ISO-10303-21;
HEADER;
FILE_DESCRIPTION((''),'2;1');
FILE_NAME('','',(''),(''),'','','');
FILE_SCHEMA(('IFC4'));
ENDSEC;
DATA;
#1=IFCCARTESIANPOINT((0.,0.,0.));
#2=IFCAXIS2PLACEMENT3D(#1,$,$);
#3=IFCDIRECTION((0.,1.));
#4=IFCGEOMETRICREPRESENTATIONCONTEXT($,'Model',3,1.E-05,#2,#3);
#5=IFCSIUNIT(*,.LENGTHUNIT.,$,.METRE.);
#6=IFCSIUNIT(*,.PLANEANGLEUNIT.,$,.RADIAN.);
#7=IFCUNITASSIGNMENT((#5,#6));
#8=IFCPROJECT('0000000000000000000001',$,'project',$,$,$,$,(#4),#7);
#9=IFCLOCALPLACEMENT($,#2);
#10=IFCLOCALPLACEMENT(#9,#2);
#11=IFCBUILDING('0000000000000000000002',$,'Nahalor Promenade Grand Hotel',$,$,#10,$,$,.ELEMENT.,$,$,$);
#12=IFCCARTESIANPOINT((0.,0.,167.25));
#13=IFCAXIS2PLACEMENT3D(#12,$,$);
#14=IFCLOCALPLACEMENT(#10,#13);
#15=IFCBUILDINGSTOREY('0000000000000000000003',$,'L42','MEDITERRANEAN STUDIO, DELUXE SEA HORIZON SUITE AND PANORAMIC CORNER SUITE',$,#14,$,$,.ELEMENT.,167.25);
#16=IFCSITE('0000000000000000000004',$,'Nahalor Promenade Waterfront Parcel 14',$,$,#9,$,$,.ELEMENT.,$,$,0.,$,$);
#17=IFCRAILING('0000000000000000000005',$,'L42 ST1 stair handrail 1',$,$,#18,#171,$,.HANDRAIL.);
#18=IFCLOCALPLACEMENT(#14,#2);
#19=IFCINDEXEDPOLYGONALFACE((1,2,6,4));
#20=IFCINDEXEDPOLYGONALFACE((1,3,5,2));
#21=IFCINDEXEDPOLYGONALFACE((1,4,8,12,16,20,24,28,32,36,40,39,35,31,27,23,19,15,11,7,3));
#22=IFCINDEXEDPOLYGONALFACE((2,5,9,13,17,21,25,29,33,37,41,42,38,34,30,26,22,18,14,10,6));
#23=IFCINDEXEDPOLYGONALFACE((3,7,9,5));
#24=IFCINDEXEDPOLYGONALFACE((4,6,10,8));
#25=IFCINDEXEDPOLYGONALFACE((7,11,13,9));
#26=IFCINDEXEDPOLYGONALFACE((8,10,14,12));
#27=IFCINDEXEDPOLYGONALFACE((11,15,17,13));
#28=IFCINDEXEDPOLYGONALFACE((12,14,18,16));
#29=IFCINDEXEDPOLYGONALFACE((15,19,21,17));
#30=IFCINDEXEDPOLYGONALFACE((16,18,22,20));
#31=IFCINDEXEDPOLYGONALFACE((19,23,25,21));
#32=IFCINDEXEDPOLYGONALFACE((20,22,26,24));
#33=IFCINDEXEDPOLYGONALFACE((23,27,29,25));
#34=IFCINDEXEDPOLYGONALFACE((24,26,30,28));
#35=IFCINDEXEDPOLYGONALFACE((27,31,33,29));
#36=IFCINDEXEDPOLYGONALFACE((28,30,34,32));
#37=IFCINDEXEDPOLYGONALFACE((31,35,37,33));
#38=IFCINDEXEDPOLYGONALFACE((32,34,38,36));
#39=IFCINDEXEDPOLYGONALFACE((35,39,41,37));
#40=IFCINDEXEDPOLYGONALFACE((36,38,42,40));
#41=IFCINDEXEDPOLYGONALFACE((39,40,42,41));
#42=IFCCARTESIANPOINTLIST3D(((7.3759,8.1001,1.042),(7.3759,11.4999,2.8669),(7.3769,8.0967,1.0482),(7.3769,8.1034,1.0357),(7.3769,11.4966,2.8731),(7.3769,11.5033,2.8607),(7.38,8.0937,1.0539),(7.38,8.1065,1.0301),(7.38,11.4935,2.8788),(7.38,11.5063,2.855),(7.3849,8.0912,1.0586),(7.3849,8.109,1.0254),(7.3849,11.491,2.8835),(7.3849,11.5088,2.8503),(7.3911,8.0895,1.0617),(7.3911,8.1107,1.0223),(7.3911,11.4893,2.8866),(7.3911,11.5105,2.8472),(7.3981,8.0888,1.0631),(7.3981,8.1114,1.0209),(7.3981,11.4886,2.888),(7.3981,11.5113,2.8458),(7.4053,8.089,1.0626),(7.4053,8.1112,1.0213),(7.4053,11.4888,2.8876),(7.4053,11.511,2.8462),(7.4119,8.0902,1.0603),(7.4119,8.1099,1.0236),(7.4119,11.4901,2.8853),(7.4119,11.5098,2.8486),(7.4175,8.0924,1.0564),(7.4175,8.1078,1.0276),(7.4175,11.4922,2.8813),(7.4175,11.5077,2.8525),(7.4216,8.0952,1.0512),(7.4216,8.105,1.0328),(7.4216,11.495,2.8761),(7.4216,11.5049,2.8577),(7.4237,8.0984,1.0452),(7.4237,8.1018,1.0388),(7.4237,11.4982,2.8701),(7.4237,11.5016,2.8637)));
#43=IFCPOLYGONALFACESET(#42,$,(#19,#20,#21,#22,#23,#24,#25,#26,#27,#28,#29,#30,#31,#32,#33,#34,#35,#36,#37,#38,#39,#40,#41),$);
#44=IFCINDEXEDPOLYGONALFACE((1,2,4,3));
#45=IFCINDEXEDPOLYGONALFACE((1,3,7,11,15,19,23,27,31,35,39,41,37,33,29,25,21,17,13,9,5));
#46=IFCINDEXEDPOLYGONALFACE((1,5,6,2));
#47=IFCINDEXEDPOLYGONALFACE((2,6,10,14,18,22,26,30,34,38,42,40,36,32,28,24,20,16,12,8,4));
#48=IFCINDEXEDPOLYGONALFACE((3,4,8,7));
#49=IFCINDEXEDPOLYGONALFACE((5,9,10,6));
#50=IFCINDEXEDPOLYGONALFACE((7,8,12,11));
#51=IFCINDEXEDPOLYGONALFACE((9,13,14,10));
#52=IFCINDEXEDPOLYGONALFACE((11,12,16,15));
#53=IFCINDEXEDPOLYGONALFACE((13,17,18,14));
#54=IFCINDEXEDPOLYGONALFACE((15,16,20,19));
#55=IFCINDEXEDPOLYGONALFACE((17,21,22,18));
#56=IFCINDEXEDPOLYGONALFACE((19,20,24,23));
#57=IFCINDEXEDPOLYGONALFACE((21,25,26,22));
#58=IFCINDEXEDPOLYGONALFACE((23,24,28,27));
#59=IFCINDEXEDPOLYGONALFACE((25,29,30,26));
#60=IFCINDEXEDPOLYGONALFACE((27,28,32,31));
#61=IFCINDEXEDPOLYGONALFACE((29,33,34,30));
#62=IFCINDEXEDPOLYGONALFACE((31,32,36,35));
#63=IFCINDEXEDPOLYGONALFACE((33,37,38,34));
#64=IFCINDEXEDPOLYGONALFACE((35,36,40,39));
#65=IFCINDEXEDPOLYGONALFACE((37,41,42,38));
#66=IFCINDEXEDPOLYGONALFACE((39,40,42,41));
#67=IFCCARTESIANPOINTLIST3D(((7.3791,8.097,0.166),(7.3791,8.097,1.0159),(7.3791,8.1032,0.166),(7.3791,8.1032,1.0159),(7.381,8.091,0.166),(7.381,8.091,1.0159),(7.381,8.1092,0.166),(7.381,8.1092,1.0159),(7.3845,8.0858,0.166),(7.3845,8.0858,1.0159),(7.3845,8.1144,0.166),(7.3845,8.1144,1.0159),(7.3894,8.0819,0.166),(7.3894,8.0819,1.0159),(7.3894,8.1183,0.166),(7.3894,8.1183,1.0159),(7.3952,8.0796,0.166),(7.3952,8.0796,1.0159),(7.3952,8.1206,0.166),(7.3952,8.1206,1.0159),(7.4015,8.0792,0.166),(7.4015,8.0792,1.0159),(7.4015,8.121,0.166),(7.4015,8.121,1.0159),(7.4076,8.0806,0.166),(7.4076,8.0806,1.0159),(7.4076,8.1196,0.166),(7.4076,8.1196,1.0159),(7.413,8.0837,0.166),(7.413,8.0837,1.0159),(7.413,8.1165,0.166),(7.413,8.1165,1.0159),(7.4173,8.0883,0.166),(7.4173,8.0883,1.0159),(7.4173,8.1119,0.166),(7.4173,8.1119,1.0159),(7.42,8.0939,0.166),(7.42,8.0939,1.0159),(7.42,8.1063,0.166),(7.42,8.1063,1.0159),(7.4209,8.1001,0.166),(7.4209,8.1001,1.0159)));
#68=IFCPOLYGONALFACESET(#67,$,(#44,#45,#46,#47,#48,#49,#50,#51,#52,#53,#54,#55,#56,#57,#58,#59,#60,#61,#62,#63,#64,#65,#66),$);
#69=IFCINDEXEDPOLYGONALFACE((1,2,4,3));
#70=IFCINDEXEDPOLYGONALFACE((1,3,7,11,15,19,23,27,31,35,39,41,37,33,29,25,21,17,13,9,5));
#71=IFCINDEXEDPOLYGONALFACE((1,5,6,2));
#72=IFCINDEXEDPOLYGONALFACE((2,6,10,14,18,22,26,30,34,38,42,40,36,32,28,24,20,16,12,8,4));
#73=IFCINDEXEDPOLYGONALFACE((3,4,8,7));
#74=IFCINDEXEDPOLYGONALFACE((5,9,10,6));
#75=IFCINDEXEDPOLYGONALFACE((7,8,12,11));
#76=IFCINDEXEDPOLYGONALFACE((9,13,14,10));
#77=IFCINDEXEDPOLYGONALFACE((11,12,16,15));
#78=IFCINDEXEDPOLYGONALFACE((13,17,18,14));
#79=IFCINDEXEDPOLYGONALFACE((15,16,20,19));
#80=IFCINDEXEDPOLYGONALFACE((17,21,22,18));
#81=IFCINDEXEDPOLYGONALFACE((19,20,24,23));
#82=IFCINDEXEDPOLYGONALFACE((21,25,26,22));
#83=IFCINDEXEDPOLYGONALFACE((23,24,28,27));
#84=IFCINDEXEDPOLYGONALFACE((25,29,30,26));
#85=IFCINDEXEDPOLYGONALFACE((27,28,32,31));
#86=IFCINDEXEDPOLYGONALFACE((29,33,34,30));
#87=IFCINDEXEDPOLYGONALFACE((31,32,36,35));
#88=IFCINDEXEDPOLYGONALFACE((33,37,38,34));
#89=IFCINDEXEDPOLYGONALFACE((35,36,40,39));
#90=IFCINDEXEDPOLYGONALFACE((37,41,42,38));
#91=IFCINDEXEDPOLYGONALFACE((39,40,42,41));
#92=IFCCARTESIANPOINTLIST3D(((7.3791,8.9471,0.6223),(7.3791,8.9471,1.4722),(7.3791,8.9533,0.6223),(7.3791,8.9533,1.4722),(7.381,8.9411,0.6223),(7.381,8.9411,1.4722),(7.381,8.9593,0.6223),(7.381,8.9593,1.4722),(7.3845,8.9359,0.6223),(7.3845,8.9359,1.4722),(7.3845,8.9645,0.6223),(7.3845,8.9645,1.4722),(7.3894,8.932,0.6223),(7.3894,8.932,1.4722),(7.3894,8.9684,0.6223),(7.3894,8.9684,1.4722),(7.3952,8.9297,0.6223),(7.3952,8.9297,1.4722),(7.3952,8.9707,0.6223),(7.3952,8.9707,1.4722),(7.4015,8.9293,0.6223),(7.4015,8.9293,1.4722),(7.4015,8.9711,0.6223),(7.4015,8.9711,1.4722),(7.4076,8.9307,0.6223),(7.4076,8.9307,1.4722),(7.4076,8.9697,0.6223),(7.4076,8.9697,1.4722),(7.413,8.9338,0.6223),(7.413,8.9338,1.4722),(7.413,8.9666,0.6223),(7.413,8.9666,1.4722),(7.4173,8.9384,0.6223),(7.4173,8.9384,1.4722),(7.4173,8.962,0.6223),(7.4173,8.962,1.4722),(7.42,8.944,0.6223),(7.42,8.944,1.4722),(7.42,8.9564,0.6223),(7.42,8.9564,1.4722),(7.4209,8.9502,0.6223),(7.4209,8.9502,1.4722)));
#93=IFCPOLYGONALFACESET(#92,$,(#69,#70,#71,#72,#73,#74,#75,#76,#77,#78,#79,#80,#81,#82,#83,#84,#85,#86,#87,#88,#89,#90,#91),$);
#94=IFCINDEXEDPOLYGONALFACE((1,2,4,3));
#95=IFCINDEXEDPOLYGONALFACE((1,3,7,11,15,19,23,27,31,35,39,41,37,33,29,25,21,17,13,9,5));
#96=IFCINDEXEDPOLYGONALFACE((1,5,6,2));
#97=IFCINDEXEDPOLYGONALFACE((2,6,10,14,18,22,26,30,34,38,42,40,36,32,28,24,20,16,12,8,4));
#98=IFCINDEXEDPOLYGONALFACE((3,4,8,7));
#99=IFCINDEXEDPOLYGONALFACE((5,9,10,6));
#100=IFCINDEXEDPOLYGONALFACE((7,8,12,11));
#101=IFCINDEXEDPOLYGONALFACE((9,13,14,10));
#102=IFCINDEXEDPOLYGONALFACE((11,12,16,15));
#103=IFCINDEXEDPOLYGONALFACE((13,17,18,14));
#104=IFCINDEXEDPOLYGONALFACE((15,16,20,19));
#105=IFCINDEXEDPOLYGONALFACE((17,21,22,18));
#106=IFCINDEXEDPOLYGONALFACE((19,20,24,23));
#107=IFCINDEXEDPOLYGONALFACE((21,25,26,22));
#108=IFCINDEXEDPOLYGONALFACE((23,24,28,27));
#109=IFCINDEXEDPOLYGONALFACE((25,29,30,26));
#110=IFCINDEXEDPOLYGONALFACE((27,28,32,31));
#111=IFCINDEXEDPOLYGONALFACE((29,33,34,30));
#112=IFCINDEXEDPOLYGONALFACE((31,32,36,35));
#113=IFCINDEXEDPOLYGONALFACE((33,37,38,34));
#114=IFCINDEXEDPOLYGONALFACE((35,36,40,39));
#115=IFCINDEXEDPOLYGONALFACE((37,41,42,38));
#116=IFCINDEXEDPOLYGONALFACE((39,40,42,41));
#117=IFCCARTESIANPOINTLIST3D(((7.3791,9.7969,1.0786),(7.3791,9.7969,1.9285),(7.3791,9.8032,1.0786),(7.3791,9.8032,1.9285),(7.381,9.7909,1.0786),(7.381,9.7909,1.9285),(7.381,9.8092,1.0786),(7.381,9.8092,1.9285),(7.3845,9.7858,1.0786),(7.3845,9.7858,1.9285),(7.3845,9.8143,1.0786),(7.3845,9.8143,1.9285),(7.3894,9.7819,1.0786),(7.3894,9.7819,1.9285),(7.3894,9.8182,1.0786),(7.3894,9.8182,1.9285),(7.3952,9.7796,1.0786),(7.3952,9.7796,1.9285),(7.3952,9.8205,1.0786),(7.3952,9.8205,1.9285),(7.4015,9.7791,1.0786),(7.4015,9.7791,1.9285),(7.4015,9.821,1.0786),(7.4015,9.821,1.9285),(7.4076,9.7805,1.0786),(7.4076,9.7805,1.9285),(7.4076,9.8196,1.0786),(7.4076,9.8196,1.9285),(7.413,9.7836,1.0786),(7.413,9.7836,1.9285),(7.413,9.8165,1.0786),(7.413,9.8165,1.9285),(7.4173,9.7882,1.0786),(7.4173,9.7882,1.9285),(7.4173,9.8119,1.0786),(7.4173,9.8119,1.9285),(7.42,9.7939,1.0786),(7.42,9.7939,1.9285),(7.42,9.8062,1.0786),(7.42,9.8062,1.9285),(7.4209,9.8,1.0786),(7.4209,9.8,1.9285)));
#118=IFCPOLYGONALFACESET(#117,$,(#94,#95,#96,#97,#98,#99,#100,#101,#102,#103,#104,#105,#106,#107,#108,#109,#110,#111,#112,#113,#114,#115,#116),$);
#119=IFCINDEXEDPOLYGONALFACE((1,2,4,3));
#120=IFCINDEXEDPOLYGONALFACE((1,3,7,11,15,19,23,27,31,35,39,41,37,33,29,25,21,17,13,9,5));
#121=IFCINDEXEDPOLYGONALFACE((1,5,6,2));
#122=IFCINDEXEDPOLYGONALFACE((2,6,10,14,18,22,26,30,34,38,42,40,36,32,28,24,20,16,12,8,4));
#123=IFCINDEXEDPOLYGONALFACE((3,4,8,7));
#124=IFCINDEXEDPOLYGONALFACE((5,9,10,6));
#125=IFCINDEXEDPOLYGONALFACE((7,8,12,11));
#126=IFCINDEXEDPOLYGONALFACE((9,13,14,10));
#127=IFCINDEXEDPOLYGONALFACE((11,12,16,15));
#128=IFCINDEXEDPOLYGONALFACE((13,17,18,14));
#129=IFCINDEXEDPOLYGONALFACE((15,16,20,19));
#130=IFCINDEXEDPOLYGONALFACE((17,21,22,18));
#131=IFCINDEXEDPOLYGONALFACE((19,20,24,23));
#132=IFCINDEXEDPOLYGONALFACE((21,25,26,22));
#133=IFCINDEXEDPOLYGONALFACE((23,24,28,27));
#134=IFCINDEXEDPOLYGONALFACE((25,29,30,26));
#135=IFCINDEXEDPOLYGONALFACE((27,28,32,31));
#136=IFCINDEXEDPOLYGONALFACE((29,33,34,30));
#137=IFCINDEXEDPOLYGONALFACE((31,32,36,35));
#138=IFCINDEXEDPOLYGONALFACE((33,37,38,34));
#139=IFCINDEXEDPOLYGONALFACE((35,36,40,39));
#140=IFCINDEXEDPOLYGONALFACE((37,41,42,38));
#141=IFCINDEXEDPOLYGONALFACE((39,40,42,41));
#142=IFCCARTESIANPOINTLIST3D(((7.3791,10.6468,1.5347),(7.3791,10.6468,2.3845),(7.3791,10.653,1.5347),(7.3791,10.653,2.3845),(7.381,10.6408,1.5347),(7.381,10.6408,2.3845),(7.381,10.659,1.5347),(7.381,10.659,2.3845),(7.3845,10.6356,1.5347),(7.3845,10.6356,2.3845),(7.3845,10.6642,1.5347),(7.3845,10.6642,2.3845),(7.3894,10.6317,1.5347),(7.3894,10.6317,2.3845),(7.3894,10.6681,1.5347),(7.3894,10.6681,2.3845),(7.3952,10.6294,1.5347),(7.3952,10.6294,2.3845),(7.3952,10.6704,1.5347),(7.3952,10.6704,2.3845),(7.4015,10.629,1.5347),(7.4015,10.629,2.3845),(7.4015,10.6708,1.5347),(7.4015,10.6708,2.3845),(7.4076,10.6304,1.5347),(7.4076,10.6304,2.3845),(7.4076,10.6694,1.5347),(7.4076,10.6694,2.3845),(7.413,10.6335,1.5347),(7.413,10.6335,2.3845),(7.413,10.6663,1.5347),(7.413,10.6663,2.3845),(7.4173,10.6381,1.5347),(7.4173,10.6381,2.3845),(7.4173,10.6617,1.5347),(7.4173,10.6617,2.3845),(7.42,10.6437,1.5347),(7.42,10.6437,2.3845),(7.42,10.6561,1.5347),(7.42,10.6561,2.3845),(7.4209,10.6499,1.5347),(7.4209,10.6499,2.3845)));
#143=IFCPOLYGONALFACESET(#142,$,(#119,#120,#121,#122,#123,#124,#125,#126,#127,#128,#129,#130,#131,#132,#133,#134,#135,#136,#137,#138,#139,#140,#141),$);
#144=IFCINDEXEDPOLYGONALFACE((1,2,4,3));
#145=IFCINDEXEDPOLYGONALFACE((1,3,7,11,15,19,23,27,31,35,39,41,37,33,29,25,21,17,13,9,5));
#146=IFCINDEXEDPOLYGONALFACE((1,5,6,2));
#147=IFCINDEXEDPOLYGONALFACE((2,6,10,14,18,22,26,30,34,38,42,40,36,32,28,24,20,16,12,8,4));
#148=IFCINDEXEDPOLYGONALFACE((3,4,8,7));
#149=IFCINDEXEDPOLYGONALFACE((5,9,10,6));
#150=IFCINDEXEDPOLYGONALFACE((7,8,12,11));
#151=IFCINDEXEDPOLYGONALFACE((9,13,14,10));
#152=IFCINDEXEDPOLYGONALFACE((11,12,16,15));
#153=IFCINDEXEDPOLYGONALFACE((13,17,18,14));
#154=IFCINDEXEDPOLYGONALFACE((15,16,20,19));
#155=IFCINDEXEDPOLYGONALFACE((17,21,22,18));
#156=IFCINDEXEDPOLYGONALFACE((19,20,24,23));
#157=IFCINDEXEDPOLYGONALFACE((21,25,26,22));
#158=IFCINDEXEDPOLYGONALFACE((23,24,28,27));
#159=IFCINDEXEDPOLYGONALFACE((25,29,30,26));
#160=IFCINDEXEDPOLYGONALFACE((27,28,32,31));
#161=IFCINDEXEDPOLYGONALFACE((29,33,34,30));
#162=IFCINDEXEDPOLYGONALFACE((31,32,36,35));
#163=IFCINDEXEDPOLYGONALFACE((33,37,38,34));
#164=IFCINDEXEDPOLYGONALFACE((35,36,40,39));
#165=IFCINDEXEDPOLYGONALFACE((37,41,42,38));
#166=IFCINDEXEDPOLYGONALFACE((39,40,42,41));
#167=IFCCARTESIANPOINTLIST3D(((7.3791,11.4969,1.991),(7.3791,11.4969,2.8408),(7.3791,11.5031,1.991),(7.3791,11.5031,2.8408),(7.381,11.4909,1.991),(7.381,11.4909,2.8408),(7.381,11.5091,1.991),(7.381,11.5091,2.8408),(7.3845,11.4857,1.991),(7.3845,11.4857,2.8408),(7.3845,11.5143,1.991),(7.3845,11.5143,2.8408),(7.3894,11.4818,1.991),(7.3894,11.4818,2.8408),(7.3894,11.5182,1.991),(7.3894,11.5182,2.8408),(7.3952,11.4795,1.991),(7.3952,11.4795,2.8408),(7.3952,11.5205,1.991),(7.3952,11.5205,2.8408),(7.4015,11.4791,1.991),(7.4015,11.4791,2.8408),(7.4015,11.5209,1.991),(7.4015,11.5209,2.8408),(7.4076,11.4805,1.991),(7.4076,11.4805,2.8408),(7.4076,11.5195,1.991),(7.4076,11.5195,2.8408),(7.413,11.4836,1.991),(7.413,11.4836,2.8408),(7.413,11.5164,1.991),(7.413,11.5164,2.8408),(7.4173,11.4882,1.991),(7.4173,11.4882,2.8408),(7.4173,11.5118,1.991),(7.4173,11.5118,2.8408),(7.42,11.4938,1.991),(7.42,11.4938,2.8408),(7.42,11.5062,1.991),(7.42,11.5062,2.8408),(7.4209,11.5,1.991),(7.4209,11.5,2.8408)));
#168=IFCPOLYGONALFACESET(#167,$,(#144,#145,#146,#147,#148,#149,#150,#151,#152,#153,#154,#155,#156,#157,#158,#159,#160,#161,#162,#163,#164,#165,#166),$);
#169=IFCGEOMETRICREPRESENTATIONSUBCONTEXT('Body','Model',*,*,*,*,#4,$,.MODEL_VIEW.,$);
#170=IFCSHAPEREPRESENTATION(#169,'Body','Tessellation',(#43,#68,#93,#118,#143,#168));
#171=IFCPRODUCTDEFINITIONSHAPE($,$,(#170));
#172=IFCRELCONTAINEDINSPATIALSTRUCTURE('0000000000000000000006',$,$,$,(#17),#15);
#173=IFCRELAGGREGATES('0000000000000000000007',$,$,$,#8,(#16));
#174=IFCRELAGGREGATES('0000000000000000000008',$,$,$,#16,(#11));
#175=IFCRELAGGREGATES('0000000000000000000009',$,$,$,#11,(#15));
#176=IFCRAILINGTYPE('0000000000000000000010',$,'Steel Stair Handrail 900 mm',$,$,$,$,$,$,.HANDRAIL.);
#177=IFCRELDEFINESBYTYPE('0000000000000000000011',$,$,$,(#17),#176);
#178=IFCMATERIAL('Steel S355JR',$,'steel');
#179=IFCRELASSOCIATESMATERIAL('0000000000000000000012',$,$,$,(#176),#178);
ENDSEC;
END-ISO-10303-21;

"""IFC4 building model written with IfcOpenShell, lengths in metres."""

from ifc_helpers import new_model, si_unit, direction, frame, origin, origin_2d, place, context, subcontext, project, spatial, circle, extrude, material, type_object, element, save


model = new_model("IFC4")

# Units and contexts
model_context = context("Model", 3, precision=1e-05, world=origin(), true_north=direction((0.0, 1.0)))
body_context = subcontext(model_context, "Body", "Model", "MODEL_VIEW")
ifc_project = project(units=[si_unit("LENGTHUNIT", "METRE"), si_unit("PLANEANGLEUNIT", "RADIAN")], contexts=[model_context])

# Site, building, storey
site_placement = place(None, origin())
site = spatial("IfcSite", under=ifc_project, at=site_placement, Name="Nahalor Promenade Waterfront Parcel 14", CompositionType="ELEMENT", RefElevation=0.0)
building_placement = place(site_placement, origin())
building = spatial("IfcBuilding", under=site, at=building_placement, Name="Nahalor Promenade Grand Hotel", CompositionType="ELEMENT")
storey_placement = place(building_placement, frame((0.0, 0.0, 167.25)))
storey = spatial("IfcBuildingStorey", under=building, at=storey_placement, Name="L42", Description="MEDITERRANEAN STUDIO, DELUXE SEA HORIZON SUITE AND PANORAMIC CORNER SUITE", CompositionType="ELEMENT", Elevation=167.25)

# Shared definitions
ifc_material_1 = material(Name="Steel S355JR", Category="steel")

# Railing
railing_type_1 = type_object("IfcRailingType", Name="Steel Stair Handrail 900 mm", PredefinedType="HANDRAIL", material=ifc_material_1)
railing_1_placement = place(storey_placement, frame((7.3999, 8.1001, 0.166)))
element("IfcRailing", 1, at=railing_1_placement, inside=storey, type_object=railing_type_1, Name="L42 ST1 stair handrail 1", PredefinedType="HANDRAIL", context=body_context, shape_type="SweptSolid", body=[
    extrude(circle(Radius=0.024, at=origin_2d()), frame((0.0, 0.0, 0.876), z_axis=(0.0, 0.881094, 0.472941), x_axis=(-1.0, 0.0, 0.0)), (0.0, 0.0, 1.0), 3.8586),
    extrude(circle(Radius=0.021, at=origin_2d()), origin(), (0.0, 0.0, 1.0), 0.8499),
    extrude(circle(Radius=0.021, at=origin_2d()), frame((0.0, 0.8501, 0.4563)), (0.0, 0.0, 1.0), 0.8499),
    extrude(circle(Radius=0.021, at=origin_2d()), frame((0.0, 1.7, 0.9126)), (0.0, 0.0, 1.0), 0.8499),
    extrude(circle(Radius=0.021, at=origin_2d()), frame((0.0, 2.5498, 1.3687)), (0.0, 0.0, 1.0), 0.8499),
    extrude(circle(Radius=0.021, at=origin_2d()), frame((0.0, 3.3999, 1.825)), (0.0, 0.0, 1.0), 0.8499),
])

save(model, "model.ifc")
